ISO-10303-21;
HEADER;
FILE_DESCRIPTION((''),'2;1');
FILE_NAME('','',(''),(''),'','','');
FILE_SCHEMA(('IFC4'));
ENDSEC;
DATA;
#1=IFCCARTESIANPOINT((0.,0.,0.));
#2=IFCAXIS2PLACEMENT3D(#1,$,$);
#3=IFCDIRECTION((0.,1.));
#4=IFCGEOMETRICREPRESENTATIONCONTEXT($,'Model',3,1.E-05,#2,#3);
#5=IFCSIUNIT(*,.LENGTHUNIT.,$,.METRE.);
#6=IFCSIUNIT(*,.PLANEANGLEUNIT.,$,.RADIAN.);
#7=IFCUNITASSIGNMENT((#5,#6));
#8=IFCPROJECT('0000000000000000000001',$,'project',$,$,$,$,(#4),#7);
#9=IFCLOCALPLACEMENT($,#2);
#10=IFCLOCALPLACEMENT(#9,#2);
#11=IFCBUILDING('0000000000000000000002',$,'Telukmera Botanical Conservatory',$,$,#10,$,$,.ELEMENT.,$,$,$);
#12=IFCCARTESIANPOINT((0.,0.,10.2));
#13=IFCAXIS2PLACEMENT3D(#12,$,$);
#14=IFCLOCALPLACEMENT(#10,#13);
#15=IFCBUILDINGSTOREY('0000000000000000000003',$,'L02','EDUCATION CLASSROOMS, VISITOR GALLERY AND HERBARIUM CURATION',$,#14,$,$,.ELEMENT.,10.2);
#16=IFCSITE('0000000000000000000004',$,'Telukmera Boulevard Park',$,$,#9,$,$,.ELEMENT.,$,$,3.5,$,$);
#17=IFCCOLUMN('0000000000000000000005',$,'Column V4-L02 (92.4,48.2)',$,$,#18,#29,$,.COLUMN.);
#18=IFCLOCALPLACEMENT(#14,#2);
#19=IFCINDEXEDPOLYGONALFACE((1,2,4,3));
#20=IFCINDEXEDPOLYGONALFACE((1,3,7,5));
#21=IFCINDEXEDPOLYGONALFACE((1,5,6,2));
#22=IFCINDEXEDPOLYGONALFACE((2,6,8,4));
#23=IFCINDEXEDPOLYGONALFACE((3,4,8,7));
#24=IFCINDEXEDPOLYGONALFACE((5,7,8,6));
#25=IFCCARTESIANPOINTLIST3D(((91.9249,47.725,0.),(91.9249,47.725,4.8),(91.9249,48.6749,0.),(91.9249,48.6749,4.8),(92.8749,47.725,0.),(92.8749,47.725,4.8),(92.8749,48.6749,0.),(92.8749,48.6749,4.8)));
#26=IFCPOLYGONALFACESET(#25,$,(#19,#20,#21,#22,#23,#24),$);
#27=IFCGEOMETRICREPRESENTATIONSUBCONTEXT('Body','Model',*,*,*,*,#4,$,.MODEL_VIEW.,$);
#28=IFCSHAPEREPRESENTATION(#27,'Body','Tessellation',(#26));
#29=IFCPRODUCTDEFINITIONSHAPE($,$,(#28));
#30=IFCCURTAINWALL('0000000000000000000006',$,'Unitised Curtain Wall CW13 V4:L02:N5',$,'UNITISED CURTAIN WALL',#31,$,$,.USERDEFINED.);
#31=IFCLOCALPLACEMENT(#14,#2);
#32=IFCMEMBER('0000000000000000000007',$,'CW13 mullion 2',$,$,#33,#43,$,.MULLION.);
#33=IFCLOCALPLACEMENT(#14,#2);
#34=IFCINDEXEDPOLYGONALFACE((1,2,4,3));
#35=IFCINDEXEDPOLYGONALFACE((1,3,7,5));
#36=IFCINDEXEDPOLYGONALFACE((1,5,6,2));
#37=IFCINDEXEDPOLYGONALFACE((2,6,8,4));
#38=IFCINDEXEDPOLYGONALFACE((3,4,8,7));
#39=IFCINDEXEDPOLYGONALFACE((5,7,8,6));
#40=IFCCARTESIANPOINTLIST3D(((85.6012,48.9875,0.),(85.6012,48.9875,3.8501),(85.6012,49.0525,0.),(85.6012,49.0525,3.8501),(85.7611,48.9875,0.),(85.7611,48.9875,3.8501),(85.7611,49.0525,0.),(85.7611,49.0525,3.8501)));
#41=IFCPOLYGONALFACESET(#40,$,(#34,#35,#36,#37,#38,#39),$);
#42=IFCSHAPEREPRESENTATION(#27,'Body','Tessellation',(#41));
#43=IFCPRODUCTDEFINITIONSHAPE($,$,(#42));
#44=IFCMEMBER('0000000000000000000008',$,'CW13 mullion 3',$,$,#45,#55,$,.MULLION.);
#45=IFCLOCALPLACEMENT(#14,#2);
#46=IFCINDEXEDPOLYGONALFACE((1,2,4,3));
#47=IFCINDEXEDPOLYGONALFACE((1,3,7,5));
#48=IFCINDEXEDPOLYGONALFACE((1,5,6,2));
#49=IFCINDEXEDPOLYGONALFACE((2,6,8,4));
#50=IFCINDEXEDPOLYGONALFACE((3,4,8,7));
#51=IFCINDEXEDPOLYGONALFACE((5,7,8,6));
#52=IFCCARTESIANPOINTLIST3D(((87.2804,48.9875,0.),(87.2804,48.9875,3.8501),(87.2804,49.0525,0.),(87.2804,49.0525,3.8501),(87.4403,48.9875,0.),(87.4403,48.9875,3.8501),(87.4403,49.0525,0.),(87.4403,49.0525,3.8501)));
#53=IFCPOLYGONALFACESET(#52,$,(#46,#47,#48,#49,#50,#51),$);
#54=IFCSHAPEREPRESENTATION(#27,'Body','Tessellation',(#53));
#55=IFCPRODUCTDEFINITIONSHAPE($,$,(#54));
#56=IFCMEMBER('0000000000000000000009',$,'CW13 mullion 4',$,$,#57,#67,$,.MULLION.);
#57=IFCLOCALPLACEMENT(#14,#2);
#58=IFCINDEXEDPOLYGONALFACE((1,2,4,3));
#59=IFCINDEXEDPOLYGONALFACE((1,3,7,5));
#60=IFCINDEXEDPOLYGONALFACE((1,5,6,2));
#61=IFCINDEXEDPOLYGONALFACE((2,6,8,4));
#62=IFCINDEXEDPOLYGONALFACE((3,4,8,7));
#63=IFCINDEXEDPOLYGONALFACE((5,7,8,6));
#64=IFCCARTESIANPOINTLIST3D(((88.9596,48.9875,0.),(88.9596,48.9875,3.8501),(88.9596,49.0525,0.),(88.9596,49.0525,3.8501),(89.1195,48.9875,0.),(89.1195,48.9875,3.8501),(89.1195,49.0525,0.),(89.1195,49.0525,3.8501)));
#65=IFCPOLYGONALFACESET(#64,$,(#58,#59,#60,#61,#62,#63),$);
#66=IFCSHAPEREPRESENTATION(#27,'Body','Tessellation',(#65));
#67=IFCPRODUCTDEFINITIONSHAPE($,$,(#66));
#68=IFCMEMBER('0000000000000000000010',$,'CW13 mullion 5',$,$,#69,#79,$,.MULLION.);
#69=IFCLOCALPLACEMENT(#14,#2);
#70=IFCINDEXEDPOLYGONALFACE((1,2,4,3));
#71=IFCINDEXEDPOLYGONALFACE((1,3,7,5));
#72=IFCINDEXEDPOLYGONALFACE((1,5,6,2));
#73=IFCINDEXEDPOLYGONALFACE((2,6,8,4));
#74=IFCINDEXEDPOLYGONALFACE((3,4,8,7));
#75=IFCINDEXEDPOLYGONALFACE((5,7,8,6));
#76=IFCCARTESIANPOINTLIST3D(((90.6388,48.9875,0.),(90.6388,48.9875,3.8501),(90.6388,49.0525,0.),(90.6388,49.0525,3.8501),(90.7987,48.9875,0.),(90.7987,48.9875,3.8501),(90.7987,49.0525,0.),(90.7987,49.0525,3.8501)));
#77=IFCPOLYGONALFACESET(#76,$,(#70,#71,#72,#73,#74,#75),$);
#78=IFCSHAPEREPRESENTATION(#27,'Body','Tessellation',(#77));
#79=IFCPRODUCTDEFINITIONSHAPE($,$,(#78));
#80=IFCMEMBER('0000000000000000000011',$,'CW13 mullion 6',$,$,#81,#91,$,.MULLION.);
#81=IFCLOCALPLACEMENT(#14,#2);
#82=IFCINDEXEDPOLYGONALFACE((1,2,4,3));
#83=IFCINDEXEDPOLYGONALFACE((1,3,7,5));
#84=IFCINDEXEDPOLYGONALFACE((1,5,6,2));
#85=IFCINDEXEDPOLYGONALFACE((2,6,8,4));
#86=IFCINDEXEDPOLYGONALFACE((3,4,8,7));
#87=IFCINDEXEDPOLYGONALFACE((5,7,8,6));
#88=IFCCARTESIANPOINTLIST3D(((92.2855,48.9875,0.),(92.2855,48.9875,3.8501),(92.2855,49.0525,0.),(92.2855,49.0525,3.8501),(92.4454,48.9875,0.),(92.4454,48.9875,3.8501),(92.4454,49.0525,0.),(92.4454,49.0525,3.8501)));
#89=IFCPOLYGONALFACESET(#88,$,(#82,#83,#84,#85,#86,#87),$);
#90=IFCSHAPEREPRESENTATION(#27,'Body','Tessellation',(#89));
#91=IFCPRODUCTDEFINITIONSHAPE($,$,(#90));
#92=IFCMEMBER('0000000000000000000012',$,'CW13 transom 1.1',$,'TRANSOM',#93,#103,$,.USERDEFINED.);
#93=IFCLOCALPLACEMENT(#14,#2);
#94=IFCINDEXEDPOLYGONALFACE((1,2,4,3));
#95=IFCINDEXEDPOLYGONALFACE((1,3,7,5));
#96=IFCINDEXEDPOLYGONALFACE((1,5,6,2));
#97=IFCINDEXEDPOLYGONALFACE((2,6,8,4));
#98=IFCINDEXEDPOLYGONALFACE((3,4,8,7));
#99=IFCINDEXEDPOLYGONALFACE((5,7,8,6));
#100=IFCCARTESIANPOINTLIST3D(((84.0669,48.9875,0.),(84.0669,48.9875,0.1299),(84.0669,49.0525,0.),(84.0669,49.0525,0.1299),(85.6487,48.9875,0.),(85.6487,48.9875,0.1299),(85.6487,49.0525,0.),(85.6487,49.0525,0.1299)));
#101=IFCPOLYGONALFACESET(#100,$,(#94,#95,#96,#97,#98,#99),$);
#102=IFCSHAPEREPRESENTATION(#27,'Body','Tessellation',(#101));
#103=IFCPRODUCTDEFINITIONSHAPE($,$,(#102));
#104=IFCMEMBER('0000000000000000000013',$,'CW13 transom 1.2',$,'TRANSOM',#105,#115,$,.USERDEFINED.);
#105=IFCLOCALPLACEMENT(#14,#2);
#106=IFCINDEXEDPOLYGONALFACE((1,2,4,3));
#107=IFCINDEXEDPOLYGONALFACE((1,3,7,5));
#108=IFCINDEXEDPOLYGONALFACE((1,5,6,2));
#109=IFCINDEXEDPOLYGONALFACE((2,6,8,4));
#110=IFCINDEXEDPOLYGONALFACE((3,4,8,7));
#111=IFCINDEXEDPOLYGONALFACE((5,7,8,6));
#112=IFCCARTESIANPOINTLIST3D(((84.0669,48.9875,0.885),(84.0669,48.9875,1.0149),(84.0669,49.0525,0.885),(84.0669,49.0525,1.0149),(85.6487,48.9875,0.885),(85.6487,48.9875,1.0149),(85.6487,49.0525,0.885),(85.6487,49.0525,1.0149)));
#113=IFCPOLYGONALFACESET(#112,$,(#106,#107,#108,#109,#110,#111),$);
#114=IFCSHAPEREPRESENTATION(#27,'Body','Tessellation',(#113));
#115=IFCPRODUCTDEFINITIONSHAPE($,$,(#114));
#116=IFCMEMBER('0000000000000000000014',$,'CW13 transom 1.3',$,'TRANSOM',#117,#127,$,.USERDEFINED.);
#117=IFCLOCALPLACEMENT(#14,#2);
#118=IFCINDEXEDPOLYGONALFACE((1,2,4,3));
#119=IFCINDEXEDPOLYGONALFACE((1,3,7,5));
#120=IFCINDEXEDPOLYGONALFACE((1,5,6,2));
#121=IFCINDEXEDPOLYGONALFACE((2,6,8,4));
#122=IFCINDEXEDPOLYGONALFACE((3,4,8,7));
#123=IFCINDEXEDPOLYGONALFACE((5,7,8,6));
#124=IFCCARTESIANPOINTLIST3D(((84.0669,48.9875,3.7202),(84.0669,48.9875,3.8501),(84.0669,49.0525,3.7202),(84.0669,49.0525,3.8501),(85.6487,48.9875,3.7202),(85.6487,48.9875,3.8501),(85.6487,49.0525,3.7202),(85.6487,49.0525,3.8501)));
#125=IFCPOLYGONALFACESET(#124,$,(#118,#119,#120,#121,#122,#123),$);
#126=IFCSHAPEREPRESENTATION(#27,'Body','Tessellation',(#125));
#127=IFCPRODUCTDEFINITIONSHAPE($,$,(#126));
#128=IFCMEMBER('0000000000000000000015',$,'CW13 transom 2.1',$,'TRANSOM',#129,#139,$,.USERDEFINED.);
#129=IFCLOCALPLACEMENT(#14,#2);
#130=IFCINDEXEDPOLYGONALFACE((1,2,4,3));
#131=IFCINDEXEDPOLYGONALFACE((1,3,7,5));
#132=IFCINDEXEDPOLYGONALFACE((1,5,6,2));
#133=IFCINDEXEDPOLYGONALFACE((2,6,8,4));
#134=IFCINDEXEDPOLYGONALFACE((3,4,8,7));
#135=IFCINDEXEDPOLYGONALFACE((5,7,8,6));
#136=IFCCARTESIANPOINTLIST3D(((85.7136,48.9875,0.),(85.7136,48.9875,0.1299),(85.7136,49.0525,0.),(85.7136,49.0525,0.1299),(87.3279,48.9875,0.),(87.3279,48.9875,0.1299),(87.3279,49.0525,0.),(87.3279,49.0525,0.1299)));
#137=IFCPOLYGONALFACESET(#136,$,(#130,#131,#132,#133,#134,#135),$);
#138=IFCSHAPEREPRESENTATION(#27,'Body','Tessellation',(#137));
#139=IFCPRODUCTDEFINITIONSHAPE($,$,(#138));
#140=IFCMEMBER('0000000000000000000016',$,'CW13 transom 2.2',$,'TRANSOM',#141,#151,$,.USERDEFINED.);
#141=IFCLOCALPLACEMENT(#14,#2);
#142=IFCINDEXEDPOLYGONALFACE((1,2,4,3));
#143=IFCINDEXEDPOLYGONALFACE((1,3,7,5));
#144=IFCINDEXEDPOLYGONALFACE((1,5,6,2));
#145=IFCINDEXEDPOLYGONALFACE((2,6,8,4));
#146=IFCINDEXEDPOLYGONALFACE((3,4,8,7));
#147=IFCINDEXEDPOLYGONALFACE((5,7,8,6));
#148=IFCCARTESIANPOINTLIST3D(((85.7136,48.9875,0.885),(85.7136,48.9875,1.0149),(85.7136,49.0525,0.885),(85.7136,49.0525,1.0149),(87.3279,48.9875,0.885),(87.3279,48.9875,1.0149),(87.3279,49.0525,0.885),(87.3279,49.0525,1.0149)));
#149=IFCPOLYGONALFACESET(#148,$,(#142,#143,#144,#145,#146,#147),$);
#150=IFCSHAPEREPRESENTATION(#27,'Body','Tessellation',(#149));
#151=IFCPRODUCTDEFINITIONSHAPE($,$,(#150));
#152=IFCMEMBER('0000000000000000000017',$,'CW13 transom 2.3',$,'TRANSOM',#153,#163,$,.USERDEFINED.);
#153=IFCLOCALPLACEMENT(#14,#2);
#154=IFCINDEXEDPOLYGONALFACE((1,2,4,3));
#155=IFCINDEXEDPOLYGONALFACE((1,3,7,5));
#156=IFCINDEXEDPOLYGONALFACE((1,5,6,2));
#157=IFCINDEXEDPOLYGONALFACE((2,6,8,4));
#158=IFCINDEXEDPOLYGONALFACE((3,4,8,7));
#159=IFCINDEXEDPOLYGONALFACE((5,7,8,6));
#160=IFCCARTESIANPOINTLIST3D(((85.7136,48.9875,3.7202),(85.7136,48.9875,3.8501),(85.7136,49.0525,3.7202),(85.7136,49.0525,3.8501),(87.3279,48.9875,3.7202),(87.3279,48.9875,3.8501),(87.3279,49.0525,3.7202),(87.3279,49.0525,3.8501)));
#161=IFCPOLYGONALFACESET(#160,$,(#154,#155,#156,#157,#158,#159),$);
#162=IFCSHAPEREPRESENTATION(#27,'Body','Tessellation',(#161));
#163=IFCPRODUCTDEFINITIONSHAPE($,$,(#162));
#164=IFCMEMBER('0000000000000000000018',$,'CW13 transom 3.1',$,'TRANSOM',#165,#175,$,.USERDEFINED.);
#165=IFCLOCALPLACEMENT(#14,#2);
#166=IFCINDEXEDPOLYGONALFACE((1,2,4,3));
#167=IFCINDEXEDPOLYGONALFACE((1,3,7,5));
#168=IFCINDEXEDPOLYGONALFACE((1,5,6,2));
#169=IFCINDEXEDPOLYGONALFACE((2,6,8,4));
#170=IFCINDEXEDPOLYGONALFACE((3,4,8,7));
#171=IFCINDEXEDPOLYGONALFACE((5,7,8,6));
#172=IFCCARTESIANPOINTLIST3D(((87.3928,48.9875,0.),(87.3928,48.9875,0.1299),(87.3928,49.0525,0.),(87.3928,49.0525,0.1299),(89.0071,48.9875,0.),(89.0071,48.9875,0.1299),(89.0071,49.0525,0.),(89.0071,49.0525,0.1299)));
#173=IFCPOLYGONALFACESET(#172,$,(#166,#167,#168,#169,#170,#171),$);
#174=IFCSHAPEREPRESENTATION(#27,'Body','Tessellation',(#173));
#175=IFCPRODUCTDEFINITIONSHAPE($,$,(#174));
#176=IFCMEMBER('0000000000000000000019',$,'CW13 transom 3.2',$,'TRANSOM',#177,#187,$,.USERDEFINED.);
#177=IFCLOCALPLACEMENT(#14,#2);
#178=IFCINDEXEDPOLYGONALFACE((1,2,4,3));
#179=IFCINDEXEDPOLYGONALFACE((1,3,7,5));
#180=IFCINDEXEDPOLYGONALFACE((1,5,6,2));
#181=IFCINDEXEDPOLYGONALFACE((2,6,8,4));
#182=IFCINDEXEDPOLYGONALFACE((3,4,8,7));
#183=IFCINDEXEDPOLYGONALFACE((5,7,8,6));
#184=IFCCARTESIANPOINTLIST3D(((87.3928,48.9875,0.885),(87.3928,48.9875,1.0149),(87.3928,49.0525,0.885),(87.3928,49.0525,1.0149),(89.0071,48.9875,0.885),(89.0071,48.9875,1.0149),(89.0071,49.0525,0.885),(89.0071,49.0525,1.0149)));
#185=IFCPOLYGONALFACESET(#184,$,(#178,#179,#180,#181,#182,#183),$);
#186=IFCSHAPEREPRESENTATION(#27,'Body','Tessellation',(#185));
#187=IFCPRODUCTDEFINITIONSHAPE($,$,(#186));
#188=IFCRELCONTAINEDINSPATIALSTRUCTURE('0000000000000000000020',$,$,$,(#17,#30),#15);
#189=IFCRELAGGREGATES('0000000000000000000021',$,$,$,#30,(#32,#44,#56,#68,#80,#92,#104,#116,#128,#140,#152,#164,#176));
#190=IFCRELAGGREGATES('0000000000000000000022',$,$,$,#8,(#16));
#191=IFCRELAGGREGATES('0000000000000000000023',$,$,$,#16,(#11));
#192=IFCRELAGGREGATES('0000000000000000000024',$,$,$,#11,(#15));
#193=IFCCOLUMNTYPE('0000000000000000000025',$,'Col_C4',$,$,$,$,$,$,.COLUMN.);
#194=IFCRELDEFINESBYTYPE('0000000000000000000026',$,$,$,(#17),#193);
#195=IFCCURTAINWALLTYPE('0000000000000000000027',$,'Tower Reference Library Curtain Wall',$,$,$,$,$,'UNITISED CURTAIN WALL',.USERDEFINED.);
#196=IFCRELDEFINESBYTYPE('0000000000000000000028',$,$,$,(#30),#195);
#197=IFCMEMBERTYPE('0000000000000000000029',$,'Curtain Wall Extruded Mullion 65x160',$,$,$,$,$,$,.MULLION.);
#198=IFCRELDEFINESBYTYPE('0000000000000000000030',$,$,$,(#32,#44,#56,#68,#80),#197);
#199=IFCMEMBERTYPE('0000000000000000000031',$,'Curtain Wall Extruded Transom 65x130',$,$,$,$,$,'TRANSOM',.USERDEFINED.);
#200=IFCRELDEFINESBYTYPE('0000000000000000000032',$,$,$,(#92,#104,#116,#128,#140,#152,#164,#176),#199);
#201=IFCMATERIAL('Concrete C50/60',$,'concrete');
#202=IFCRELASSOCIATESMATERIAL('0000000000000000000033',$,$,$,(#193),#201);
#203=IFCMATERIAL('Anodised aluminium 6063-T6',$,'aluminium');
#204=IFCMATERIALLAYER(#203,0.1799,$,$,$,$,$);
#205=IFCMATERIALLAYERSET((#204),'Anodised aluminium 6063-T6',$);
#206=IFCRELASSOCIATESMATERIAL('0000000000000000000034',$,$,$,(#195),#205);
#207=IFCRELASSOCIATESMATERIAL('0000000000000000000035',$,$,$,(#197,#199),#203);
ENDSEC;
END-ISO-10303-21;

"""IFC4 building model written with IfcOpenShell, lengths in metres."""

from ifc_helpers import new_model, si_unit, direction, frame, origin, origin_2d, place, context, subcontext, project, spatial, rectangle, extrude, material, layer, layer_set, material_profile, profile_set, type_object, element, aggregate, save


model = new_model("IFC4")

# Units and contexts
model_context = context("Model", 3, precision=1e-05, world=origin(), true_north=direction((0.0, 1.0)))
body_context = subcontext(model_context, "Body", "Model", "MODEL_VIEW")
ifc_project = project(units=[si_unit("LENGTHUNIT", "METRE"), si_unit("PLANEANGLEUNIT", "RADIAN")], contexts=[model_context])

# Site, building, storey
site_placement = place(None, origin())
site = spatial("IfcSite", under=ifc_project, at=site_placement, Name="Telukmera Boulevard Park", CompositionType="ELEMENT", RefElevation=3.5)
building_placement = place(site_placement, origin())
building = spatial("IfcBuilding", under=site, at=building_placement, Name="Telukmera Botanical Conservatory", CompositionType="ELEMENT")
storey_placement = place(building_placement, frame((0.0, 0.0, 10.2)))
storey = spatial("IfcBuildingStorey", under=building, at=storey_placement, Name="L02", Description="EDUCATION CLASSROOMS, VISITOR GALLERY AND HERBARIUM CURATION", CompositionType="ELEMENT", Elevation=10.2)

# Column
ifc_material_1 = material(Name="Concrete C50/60", Category="concrete")
ifc_material_profile_1 = material_profile(ifc_material_1, rectangle(XDim=0.95, YDim=0.95, at=origin_2d()), Name="RC 950x950")
ifc_profile_set_1 = profile_set([ifc_material_profile_1], Name="Concrete C50/60")
column_type = type_object("IfcColumnType", Name="Col_C4", PredefinedType="COLUMN", material=ifc_profile_set_1)
column_placement = place(storey_placement, frame((92.3999, 48.2, 0.0), z_axis=(0.0, 0.0, 1.0), x_axis=(1.0, 0.0, 0.0)))
element("IfcColumn", 1, at=column_placement, inside=storey, type_object=column_type, Name="Column V4-L02 (92.4,48.2)", PredefinedType="COLUMN", context=body_context, shape_type="SweptSolid", body=[
    extrude(rectangle(XDim=0.95, YDim=0.95, at=origin_2d()), origin(), (0.0, 0.0, 1.0), 4.8),
])

# Curtain wall, members
ifc_material_2 = material(Name="Anodised aluminium 6063-T6", Category="aluminium")
ifc_layer_1 = layer(ifc_material_2, 0.1799)
ifc_layer_set_1 = layer_set([ifc_layer_1], Name="Anodised aluminium 6063-T6")
curtain_wall_type = type_object("IfcCurtainWallType", Name="Tower Reference Library Curtain Wall", ElementType="UNITISED CURTAIN WALL", PredefinedType="USERDEFINED", material=ifc_layer_set_1)
curtain_wall_placement = place(storey_placement, origin())
curtain_wall = element("IfcCurtainWall", 2, at=curtain_wall_placement, inside=storey, type_object=curtain_wall_type, Name="Unitised Curtain Wall CW13 V4:L02:N5", ObjectType="UNITISED CURTAIN WALL", PredefinedType="USERDEFINED")
ifc_material_profile_2 = material_profile(ifc_material_2, rectangle(XDim=0.0649, YDim=0.1599, at=origin_2d()), Name="ALU MULL 65x160")
ifc_profile_set_2 = profile_set([ifc_material_profile_2], Name="Anodised aluminium 6063-T6")
member_type_1 = type_object("IfcMemberType", Name="Curtain Wall Extruded Mullion 65x160", PredefinedType="MULLION", material=ifc_profile_set_2)
member_1_placement = place(storey_placement, frame((85.6812, 49.02, 0.0), z_axis=(0.0, 0.0, 1.0), x_axis=(0.0, 1.0, 0.0)))
member_1 = element("IfcMember", 3, at=member_1_placement, type_object=member_type_1, Name="CW13 mullion 2", PredefinedType="MULLION", context=body_context, shape_type="SweptSolid", body=[
    extrude(rectangle(XDim=0.0649, YDim=0.1599, at=origin_2d()), origin(), (0.0, 0.0, 1.0), 3.8501),
])
member_2_placement = place(storey_placement, frame((87.3604, 49.02, 0.0), z_axis=(0.0, 0.0, 1.0), x_axis=(0.0, 1.0, 0.0)))
member_2 = element("IfcMember", 4, at=member_2_placement, type_object=member_type_1, Name="CW13 mullion 3", PredefinedType="MULLION", context=body_context, shape_type="SweptSolid", body=[
    extrude(rectangle(XDim=0.0649, YDim=0.1599, at=origin_2d()), origin(), (0.0, 0.0, 1.0), 3.8501),
])
member_3_placement = place(storey_placement, frame((89.0396, 49.02, 0.0), z_axis=(0.0, 0.0, 1.0), x_axis=(0.0, 1.0, 0.0)))
member_3 = element("IfcMember", 5, at=member_3_placement, type_object=member_type_1, Name="CW13 mullion 4", PredefinedType="MULLION", context=body_context, shape_type="SweptSolid", body=[
    extrude(rectangle(XDim=0.0649, YDim=0.1599, at=origin_2d()), origin(), (0.0, 0.0, 1.0), 3.8501),
])
member_4_placement = place(storey_placement, frame((90.7188, 49.02, 0.0), z_axis=(0.0, 0.0, 1.0), x_axis=(0.0, 1.0, 0.0)))
member_4 = element("IfcMember", 6, at=member_4_placement, type_object=member_type_1, Name="CW13 mullion 5", PredefinedType="MULLION", context=body_context, shape_type="SweptSolid", body=[
    extrude(rectangle(XDim=0.0649, YDim=0.1599, at=origin_2d()), origin(), (0.0, 0.0, 1.0), 3.8501),
])
member_5_placement = place(storey_placement, frame((92.3655, 49.02, 0.0), z_axis=(0.0, 0.0, 1.0), x_axis=(0.0, 1.0, 0.0)))
member_5 = element("IfcMember", 7, at=member_5_placement, type_object=member_type_1, Name="CW13 mullion 6", PredefinedType="MULLION", context=body_context, shape_type="SweptSolid", body=[
    extrude(rectangle(XDim=0.0649, YDim=0.1599, at=origin_2d()), origin(), (0.0, 0.0, 1.0), 3.8501),
])
ifc_material_profile_3 = material_profile(ifc_material_2, rectangle(XDim=0.0649, YDim=0.1299, at=origin_2d()), Name="ALU TRAN 65x130")
ifc_profile_set_3 = profile_set([ifc_material_profile_3], Name="Anodised aluminium 6063-T6")
member_type_2 = type_object("IfcMemberType", Name="Curtain Wall Extruded Transom 65x130", ElementType="TRANSOM", PredefinedType="USERDEFINED", material=ifc_profile_set_3)
member_6_placement = place(storey_placement, frame((84.0669, 49.02, 0.0649), z_axis=(1.0, 0.0, 0.0), x_axis=(0.0, 1.0, 0.0)))
member_6 = element("IfcMember", 8, at=member_6_placement, type_object=member_type_2, Name="CW13 transom 1.1", ObjectType="TRANSOM", PredefinedType="USERDEFINED", context=body_context, shape_type="SweptSolid", body=[
    extrude(rectangle(XDim=0.0649, YDim=0.1299, at=origin_2d()), origin(), (0.0, 0.0, 1.0), 1.5818),
])
member_7_placement = place(storey_placement, frame((84.0669, 49.02, 0.95), z_axis=(1.0, 0.0, 0.0), x_axis=(0.0, 1.0, 0.0)))
member_7 = element("IfcMember", 9, at=member_7_placement, type_object=member_type_2, Name="CW13 transom 1.2", ObjectType="TRANSOM", PredefinedType="USERDEFINED", context=body_context, shape_type="SweptSolid", body=[
    extrude(rectangle(XDim=0.0649, YDim=0.1299, at=origin_2d()), origin(), (0.0, 0.0, 1.0), 1.5818),
])
member_8_placement = place(storey_placement, frame((84.0669, 49.02, 3.7852), z_axis=(1.0, 0.0, 0.0), x_axis=(0.0, 1.0, 0.0)))
member_8 = element("IfcMember", 10, at=member_8_placement, type_object=member_type_2, Name="CW13 transom 1.3", ObjectType="TRANSOM", PredefinedType="USERDEFINED", context=body_context, shape_type="SweptSolid", body=[
    extrude(rectangle(XDim=0.0649, YDim=0.1299, at=origin_2d()), origin(), (0.0, 0.0, 1.0), 1.5818),
])
member_9_placement = place(storey_placement, frame((85.7136, 49.02, 0.0649), z_axis=(1.0, 0.0, 0.0), x_axis=(0.0, 1.0, 0.0)))
member_9 = element("IfcMember", 11, at=member_9_placement, type_object=member_type_2, Name="CW13 transom 2.1", ObjectType="TRANSOM", PredefinedType="USERDEFINED", context=body_context, shape_type="SweptSolid", body=[
    extrude(rectangle(XDim=0.0649, YDim=0.1299, at=origin_2d()), origin(), (0.0, 0.0, 1.0), 1.6143),
])
member_10_placement = place(storey_placement, frame((85.7136, 49.02, 0.95), z_axis=(1.0, 0.0, 0.0), x_axis=(0.0, 1.0, 0.0)))
member_10 = element("IfcMember", 12, at=member_10_placement, type_object=member_type_2, Name="CW13 transom 2.2", ObjectType="TRANSOM", PredefinedType="USERDEFINED", context=body_context, shape_type="SweptSolid", body=[
    extrude(rectangle(XDim=0.0649, YDim=0.1299, at=origin_2d()), origin(), (0.0, 0.0, 1.0), 1.6143),
])
member_11_placement = place(storey_placement, frame((85.7136, 49.02, 3.7852), z_axis=(1.0, 0.0, 0.0), x_axis=(0.0, 1.0, 0.0)))
member_11 = element("IfcMember", 13, at=member_11_placement, type_object=member_type_2, Name="CW13 transom 2.3", ObjectType="TRANSOM", PredefinedType="USERDEFINED", context=body_context, shape_type="SweptSolid", body=[
    extrude(rectangle(XDim=0.0649, YDim=0.1299, at=origin_2d()), origin(), (0.0, 0.0, 1.0), 1.6143),
])
member_12_placement = place(storey_placement, frame((87.3928, 49.02, 0.0649), z_axis=(1.0, 0.0, 0.0), x_axis=(0.0, 1.0, 0.0)))
member_12 = element("IfcMember", 14, at=member_12_placement, type_object=member_type_2, Name="CW13 transom 3.1", ObjectType="TRANSOM", PredefinedType="USERDEFINED", context=body_context, shape_type="SweptSolid", body=[
    extrude(rectangle(XDim=0.0649, YDim=0.1299, at=origin_2d()), origin(), (0.0, 0.0, 1.0), 1.6143),
])
member_13_placement = place(storey_placement, frame((87.3928, 49.02, 0.95), z_axis=(1.0, 0.0, 0.0), x_axis=(0.0, 1.0, 0.0)))
member_13 = element("IfcMember", 15, at=member_13_placement, type_object=member_type_2, Name="CW13 transom 3.2", ObjectType="TRANSOM", PredefinedType="USERDEFINED", context=body_context, shape_type="SweptSolid", body=[
    extrude(rectangle(XDim=0.0649, YDim=0.1299, at=origin_2d()), origin(), (0.0, 0.0, 1.0), 1.6143),
])
aggregate(curtain_wall, [member_1, member_2, member_3, member_4, member_5, member_6, member_7, member_8, member_9, member_10, member_11, member_12, member_13])

save(model, "model.ifc")
